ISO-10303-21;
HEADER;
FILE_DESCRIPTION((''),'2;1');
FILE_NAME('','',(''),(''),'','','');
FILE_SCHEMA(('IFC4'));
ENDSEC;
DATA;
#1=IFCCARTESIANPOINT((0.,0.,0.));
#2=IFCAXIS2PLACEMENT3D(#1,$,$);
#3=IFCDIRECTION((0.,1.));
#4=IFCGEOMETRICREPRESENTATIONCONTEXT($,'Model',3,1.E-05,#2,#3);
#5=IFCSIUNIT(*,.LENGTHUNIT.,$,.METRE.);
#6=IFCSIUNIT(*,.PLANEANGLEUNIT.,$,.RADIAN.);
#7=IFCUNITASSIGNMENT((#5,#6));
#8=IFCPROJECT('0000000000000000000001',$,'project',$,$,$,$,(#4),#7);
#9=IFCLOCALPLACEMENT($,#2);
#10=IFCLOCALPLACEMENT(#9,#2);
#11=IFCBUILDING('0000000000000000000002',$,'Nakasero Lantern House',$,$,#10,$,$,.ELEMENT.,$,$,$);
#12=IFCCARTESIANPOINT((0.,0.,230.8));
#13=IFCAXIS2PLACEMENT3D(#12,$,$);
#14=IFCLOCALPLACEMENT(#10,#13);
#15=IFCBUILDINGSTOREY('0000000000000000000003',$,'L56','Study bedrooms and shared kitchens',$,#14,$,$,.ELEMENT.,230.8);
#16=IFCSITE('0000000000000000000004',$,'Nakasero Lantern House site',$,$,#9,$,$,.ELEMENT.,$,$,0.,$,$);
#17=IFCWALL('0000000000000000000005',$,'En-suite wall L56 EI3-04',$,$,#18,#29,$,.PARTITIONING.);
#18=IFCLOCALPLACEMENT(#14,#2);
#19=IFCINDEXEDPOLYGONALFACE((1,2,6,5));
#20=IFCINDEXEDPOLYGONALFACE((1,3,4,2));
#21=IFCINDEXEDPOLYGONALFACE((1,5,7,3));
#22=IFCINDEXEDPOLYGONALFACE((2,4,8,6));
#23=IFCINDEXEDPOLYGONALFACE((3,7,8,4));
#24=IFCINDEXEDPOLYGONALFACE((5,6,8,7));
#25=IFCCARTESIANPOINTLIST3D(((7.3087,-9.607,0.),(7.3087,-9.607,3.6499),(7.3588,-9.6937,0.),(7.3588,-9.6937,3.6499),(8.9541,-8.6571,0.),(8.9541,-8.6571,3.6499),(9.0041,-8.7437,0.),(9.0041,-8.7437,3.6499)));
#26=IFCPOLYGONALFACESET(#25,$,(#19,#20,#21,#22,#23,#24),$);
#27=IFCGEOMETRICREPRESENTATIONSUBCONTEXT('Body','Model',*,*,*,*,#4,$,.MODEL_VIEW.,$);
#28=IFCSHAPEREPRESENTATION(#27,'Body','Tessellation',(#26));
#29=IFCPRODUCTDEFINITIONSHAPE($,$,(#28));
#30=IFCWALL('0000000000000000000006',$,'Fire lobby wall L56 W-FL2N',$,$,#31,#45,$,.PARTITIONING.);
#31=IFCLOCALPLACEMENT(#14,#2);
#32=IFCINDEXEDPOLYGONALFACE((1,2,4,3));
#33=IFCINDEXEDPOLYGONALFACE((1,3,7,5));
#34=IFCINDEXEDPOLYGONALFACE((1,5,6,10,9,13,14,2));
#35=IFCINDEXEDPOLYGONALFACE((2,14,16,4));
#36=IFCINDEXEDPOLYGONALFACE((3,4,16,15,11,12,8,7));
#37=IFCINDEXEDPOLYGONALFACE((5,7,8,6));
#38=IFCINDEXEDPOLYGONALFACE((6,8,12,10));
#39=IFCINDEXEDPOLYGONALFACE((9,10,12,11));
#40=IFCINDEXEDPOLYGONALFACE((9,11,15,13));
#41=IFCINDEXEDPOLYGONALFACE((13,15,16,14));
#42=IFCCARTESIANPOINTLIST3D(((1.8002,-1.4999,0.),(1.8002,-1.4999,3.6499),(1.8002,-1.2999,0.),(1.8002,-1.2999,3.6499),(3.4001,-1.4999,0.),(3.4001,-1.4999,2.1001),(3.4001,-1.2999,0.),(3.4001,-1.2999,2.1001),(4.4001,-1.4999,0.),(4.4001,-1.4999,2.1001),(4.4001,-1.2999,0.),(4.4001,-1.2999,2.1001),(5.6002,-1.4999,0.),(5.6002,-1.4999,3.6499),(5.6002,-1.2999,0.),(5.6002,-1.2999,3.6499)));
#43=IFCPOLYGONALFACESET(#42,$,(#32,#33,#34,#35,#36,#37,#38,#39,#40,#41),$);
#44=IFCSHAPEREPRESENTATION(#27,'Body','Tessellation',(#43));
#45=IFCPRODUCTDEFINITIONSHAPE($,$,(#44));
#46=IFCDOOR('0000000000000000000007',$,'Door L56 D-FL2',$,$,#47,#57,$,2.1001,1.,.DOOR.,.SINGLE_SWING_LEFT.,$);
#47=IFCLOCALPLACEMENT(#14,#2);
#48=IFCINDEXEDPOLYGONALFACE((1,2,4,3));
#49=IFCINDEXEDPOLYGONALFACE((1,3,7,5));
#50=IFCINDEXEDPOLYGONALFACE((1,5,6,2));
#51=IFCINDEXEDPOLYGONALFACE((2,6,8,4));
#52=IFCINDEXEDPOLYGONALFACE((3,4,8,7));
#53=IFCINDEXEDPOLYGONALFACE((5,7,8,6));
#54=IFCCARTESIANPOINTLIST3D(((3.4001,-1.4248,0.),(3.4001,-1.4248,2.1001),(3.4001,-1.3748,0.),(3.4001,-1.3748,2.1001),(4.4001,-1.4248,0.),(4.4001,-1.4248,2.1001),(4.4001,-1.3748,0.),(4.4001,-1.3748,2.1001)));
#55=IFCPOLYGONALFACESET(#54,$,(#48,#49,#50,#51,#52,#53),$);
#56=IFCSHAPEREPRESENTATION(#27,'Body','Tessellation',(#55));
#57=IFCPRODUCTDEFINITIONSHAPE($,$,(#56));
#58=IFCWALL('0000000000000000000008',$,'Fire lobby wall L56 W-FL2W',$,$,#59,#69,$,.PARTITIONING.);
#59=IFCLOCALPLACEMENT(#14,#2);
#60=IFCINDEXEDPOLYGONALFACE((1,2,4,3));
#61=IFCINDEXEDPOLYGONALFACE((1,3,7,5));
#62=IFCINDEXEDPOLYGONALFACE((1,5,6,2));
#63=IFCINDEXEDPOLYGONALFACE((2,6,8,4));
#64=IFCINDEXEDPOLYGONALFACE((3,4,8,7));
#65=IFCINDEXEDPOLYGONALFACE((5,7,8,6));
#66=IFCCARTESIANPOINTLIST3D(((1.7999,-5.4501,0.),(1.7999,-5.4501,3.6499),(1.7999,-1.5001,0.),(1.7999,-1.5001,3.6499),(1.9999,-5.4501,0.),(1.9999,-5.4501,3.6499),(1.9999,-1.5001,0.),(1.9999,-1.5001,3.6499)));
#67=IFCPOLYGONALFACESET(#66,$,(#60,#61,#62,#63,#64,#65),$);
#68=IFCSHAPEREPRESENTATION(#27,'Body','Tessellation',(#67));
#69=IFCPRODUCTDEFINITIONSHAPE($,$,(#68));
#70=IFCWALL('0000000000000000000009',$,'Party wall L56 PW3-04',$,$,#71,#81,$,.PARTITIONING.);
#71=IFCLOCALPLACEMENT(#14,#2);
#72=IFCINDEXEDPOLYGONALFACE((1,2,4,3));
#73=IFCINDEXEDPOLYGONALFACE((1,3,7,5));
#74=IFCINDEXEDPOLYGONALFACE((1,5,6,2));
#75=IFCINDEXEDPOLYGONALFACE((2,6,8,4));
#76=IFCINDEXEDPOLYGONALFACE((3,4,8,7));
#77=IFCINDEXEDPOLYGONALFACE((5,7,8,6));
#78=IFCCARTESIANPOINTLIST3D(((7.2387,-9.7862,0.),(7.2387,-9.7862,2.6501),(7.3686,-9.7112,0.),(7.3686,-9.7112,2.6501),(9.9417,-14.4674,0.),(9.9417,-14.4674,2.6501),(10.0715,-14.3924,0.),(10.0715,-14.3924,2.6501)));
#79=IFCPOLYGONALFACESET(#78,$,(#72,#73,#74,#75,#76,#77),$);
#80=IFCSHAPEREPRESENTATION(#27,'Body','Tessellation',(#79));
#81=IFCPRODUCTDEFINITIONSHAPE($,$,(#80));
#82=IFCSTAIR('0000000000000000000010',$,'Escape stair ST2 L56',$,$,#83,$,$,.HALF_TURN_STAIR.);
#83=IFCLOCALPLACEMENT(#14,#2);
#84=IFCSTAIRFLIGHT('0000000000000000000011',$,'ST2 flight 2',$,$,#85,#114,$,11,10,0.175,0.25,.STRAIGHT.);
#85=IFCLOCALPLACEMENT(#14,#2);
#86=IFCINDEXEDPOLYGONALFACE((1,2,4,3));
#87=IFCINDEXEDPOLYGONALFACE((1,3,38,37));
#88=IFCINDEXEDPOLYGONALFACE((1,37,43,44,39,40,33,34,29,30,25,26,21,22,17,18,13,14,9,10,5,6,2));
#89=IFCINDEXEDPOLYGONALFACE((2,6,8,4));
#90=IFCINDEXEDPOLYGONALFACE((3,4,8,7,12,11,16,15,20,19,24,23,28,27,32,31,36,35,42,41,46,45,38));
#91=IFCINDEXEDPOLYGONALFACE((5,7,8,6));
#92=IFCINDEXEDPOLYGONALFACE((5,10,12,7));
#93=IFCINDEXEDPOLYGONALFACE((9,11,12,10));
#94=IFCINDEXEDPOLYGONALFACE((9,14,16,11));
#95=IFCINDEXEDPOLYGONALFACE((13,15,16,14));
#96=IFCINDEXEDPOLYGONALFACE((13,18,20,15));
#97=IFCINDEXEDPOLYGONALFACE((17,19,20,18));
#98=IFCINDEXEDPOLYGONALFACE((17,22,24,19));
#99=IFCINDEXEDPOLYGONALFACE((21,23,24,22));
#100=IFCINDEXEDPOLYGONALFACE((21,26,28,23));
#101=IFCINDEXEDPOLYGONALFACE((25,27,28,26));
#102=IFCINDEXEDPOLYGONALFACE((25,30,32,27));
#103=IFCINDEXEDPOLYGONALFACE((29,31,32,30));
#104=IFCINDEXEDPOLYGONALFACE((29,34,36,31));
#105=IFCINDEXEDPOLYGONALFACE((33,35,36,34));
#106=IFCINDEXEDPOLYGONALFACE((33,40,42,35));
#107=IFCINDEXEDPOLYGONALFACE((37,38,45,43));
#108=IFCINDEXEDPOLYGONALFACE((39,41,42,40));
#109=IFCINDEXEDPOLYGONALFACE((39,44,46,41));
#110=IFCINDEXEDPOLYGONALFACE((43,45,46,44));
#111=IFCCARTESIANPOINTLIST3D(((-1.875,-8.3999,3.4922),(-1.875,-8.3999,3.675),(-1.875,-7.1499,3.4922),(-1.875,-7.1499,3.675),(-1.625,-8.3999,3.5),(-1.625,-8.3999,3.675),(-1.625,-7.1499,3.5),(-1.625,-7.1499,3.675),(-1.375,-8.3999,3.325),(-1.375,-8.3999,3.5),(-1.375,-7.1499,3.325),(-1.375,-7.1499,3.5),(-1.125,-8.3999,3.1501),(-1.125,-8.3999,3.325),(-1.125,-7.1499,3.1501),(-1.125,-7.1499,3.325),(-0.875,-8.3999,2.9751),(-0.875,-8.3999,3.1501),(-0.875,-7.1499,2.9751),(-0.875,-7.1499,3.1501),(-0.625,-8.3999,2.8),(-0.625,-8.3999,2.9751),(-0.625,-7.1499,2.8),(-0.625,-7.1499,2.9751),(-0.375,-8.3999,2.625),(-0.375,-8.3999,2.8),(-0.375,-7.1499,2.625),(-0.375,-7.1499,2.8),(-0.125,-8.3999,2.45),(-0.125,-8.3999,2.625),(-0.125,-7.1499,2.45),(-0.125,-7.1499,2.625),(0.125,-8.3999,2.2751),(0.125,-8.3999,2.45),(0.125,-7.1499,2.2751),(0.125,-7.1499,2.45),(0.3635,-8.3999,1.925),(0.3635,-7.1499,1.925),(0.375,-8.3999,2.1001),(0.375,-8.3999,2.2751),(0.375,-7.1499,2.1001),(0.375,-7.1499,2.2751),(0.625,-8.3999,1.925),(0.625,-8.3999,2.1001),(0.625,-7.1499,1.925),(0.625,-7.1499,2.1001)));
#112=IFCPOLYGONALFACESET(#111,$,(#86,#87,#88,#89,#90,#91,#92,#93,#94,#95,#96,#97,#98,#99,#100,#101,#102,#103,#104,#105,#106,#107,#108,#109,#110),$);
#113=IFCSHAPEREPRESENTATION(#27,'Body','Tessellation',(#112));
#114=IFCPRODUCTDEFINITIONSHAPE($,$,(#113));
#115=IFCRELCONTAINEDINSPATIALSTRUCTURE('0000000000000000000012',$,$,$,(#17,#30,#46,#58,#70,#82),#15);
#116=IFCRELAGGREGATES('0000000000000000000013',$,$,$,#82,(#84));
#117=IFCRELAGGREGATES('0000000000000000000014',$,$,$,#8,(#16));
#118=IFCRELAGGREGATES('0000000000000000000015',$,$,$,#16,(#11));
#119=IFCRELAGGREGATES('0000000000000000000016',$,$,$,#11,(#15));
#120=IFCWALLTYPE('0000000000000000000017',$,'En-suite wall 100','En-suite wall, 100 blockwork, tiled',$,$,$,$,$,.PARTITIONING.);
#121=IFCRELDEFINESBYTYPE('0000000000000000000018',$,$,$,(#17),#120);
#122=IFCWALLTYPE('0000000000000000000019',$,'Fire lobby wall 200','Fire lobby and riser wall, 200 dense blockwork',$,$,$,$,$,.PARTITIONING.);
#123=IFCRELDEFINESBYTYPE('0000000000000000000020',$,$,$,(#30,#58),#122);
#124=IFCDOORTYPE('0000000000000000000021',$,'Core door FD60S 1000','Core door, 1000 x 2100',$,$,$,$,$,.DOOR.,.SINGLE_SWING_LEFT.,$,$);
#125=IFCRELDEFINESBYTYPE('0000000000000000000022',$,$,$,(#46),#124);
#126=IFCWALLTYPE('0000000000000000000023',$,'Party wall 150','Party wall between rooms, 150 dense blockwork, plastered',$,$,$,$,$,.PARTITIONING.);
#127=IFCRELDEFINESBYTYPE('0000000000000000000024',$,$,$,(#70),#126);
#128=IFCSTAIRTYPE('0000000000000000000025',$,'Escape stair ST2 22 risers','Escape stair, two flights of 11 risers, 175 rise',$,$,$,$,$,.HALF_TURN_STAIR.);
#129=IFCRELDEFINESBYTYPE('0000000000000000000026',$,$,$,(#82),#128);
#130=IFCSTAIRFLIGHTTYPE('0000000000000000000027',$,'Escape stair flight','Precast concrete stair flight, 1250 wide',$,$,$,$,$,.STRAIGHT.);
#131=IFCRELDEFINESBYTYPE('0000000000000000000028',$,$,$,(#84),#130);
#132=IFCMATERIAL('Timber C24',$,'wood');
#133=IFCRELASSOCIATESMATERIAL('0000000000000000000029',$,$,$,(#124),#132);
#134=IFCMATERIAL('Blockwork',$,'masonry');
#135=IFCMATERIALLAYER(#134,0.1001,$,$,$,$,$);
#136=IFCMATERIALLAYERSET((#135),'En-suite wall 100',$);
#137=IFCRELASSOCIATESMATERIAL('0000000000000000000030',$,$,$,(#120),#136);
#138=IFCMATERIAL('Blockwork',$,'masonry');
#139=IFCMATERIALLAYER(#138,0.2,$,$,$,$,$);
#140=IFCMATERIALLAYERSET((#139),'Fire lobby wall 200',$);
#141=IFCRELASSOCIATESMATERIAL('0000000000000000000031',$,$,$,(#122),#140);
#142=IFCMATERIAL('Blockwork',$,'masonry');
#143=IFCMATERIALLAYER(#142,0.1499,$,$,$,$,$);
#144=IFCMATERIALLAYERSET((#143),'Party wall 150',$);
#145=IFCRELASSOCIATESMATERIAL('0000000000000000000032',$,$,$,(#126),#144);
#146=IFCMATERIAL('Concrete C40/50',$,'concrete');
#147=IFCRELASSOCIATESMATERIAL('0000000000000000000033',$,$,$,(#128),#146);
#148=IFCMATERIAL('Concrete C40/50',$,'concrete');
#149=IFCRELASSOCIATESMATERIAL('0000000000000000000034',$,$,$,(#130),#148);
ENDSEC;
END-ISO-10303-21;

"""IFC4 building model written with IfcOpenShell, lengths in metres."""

from ifc_helpers import new_model, si_unit, direction, frame, frame_2d, origin, place, context, subcontext, project, spatial, polyline, rectangle, outline, extrude, material, layer, layer_set, type_object, element, fill, aggregate, save


model = new_model("IFC4")

# Units and contexts
model_context = context("Model", 3, precision=1e-05, world=origin(), true_north=direction((0.0, 1.0)))
body_context = subcontext(model_context, "Body", "Model", "MODEL_VIEW")
ifc_project = project(units=[si_unit("LENGTHUNIT", "METRE"), si_unit("PLANEANGLEUNIT", "RADIAN")], contexts=[model_context])

# Site, building, storey
site_placement = place(None, origin())
site = spatial("IfcSite", under=ifc_project, at=site_placement, Name="Nakasero Lantern House site", CompositionType="ELEMENT", RefElevation=0.0)
building_placement = place(site_placement, origin())
building = spatial("IfcBuilding", under=site, at=building_placement, Name="Nakasero Lantern House", CompositionType="ELEMENT")
storey_placement = place(building_placement, frame((0.0, 0.0, 230.8)))
storey = spatial("IfcBuildingStorey", under=building, at=storey_placement, Name="L56", Description="Study bedrooms and shared kitchens", CompositionType="ELEMENT", Elevation=230.8)

# Shared definitions
ifc_material_1 = material(Name="Timber C24", Category="wood")
door_type_1 = type_object("IfcDoorType", Name="Core door FD60S 1000", Description="Core door, 1000 x 2100", OperationType="SINGLE_SWING_LEFT", PredefinedType="DOOR", material=ifc_material_1)

# Wall
ifc_material_2 = material(Name="Blockwork", Category="masonry")
ifc_layer_1 = layer(ifc_material_2, 0.1001)
ifc_layer_set_1 = layer_set([ifc_layer_1], Name="En-suite wall 100")
wall_type_1 = type_object("IfcWallType", Name="En-suite wall 100", Description="En-suite wall, 100 blockwork, tiled", PredefinedType="PARTITIONING", material=ifc_layer_set_1)
wall_1_placement = place(storey_placement, frame((7.3337, -9.6504, 0.0), z_axis=(0.0, 0.0, 1.0), x_axis=(0.866012, 0.500023, 0.0)))
element("IfcWall", 1, at=wall_1_placement, inside=storey, type_object=wall_type_1, Name="En-suite wall L56 EI3-04", PredefinedType="PARTITIONING", context=body_context, shape_type="SweptSolid", body=[
    extrude(rectangle(XDim=1.8999, YDim=0.1001, at=frame_2d((0.95, 0.0))), origin(), (0.0, 0.0, 1.0), 3.6499),
])

# Wall, opening, door
ifc_material_3 = material(Name="Blockwork", Category="masonry")
ifc_layer_2 = layer(ifc_material_3, 0.2)
ifc_layer_set_2 = layer_set([ifc_layer_2], Name="Fire lobby wall 200")
wall_type_2 = type_object("IfcWallType", Name="Fire lobby wall 200", Description="Fire lobby and riser wall, 200 dense blockwork", PredefinedType="PARTITIONING", material=ifc_layer_set_2)
wall_2_placement = place(storey_placement, frame((5.6001, -1.3999, 0.0), z_axis=(0.0, 0.0, 1.0), x_axis=(-1.0, 0.0, 0.0)))
wall_2 = element("IfcWall", 2, at=wall_2_placement, inside=storey, type_object=wall_type_2, Name="Fire lobby wall L56 W-FL2N", PredefinedType="PARTITIONING", context=body_context, shape_type="SweptSolid", body=[
    extrude(rectangle(XDim=3.8, YDim=0.2, at=frame_2d((1.8999, 0.0))), origin(), (0.0, 0.0, 1.0), 3.6499),
])
opening_1_placement = place(wall_2_placement, frame((1.2, 0.0, 0.0)))
opening_1 = element("IfcOpeningElement", 3, at=opening_1_placement, cuts=wall_2, PredefinedType="OPENING", context=body_context, shape_type="SweptSolid", body=[
    extrude(rectangle(XDim=1.0, YDim=2.1001, at=frame_2d((0.5, 1.05))), frame((0.0, 0.1199, 0.0), z_axis=(0.0, -1.0, 0.0), x_axis=(1.0, 0.0, 0.0)), (0.0, 0.0, 1.0), 0.24),
])
door_1_placement = place(opening_1_placement, origin())
door_1 = element("IfcDoor", 4, at=door_1_placement, inside=storey, type_object=door_type_1, Name="Door L56 D-FL2", OperationType="SINGLE_SWING_LEFT", OverallHeight=2.1001, OverallWidth=1.0, PredefinedType="DOOR", context=body_context, shape_type="SweptSolid", body=[
    extrude(rectangle(XDim=1.0, YDim=2.1001, at=frame_2d((0.5, 1.05))), frame((0.0, 0.0249, 0.0), z_axis=(0.0, -1.0, 0.0), x_axis=(1.0, 0.0, 0.0)), (0.0, 0.0, 1.0), 0.05),
])
fill(opening_1, door_1)

# Walls
wall_3_placement = place(storey_placement, frame((1.8999, -1.5, 0.0), z_axis=(0.0, 0.0, 1.0), x_axis=(0.0, -1.0, 0.0)))
element("IfcWall", 5, at=wall_3_placement, inside=storey, type_object=wall_type_2, Name="Fire lobby wall L56 W-FL2W", PredefinedType="PARTITIONING", context=body_context, shape_type="SweptSolid", body=[
    extrude(rectangle(XDim=3.95, YDim=0.2, at=frame_2d((1.9751, 0.0))), origin(), (0.0, 0.0, 1.0), 3.6499),
])
ifc_material_4 = material(Name="Blockwork", Category="masonry")
ifc_layer_3 = layer(ifc_material_4, 0.1499)
ifc_layer_set_3 = layer_set([ifc_layer_3], Name="Party wall 150")
wall_type_3 = type_object("IfcWallType", Name="Party wall 150", Description="Party wall between rooms, 150 dense blockwork, plastered", PredefinedType="PARTITIONING", material=ifc_layer_set_3)
wall_4_placement = place(storey_placement, frame((7.3037, -9.7488, 0.0), z_axis=(0.0, 0.0, 1.0), x_axis=(0.50003, -0.866008, 0.0)))
element("IfcWall", 6, at=wall_4_placement, inside=storey, type_object=wall_type_3, Name="Party wall L56 PW3-04", PredefinedType="PARTITIONING", context=body_context, shape_type="SweptSolid", body=[
    extrude(rectangle(XDim=5.4055, YDim=0.1499, at=frame_2d((2.7026, 0.0))), origin(), (0.0, 0.0, 1.0), 2.6501),
])

# Stair, stair flight
ifc_material_5 = material(Name="Concrete C40/50", Category="concrete")
stair_type_1 = type_object("IfcStairType", Name="Escape stair ST2 22 risers", Description="Escape stair, two flights of 11 risers, 175 rise", PredefinedType="HALF_TURN_STAIR", material=ifc_material_5)
stair_1_placement = place(storey_placement, origin())
stair_1 = element("IfcStair", 7, at=stair_1_placement, inside=storey, type_object=stair_type_1, Name="Escape stair ST2 L56", PredefinedType="HALF_TURN_STAIR")
ifc_material_6 = material(Name="Concrete C40/50", Category="concrete")
stair_flight_type = type_object("IfcStairFlightType", Name="Escape stair flight", Description="Precast concrete stair flight, 1250 wide", PredefinedType="STRAIGHT", material=ifc_material_6)
stair_flight_placement = place(storey_placement, frame((0.625, -7.7749, 1.925), z_axis=(0.0, 0.0, 1.0), x_axis=(-1.0, 0.0, 0.0)))
stair_flight = element("IfcStairFlight", 8, at=stair_flight_placement, type_object=stair_flight_type, Name="ST2 flight 2", NumberOfRisers=11, NumberOfTreads=10, PredefinedType="STRAIGHT", RiserHeight=0.175, TreadLength=0.25, context=body_context, shape_type="SweptSolid", body=[
    extrude(outline(polyline([(0.0, 0.0), (0.0, 0.175), (0.25, 0.175), (0.25, 0.3501), (0.5, 0.3501), (0.5, 0.5249), (0.75, 0.5249), (0.75, 0.7), (1.0, 0.7), (1.0, 0.875), (1.25, 0.875), (1.25, 1.05), (1.5, 1.05), (1.5, 1.2251), (1.75, 1.2251), (1.75, 1.3999), (2.0, 1.3999), (2.0, 1.575), (2.25, 1.575), (2.25, 1.75), (2.5, 1.75), (2.5, 1.925), (2.5, 1.5671), (0.2615, 0.0), (0.0, 0.0)])), frame((0.0, 0.625, 0.0), z_axis=(0.0, -1.0, 0.0), x_axis=(1.0, 0.0, 0.0)), (0.0, 0.0, 1.0), 1.25),
])
aggregate(stair_1, [stair_flight])

save(model, "model.ifc")
